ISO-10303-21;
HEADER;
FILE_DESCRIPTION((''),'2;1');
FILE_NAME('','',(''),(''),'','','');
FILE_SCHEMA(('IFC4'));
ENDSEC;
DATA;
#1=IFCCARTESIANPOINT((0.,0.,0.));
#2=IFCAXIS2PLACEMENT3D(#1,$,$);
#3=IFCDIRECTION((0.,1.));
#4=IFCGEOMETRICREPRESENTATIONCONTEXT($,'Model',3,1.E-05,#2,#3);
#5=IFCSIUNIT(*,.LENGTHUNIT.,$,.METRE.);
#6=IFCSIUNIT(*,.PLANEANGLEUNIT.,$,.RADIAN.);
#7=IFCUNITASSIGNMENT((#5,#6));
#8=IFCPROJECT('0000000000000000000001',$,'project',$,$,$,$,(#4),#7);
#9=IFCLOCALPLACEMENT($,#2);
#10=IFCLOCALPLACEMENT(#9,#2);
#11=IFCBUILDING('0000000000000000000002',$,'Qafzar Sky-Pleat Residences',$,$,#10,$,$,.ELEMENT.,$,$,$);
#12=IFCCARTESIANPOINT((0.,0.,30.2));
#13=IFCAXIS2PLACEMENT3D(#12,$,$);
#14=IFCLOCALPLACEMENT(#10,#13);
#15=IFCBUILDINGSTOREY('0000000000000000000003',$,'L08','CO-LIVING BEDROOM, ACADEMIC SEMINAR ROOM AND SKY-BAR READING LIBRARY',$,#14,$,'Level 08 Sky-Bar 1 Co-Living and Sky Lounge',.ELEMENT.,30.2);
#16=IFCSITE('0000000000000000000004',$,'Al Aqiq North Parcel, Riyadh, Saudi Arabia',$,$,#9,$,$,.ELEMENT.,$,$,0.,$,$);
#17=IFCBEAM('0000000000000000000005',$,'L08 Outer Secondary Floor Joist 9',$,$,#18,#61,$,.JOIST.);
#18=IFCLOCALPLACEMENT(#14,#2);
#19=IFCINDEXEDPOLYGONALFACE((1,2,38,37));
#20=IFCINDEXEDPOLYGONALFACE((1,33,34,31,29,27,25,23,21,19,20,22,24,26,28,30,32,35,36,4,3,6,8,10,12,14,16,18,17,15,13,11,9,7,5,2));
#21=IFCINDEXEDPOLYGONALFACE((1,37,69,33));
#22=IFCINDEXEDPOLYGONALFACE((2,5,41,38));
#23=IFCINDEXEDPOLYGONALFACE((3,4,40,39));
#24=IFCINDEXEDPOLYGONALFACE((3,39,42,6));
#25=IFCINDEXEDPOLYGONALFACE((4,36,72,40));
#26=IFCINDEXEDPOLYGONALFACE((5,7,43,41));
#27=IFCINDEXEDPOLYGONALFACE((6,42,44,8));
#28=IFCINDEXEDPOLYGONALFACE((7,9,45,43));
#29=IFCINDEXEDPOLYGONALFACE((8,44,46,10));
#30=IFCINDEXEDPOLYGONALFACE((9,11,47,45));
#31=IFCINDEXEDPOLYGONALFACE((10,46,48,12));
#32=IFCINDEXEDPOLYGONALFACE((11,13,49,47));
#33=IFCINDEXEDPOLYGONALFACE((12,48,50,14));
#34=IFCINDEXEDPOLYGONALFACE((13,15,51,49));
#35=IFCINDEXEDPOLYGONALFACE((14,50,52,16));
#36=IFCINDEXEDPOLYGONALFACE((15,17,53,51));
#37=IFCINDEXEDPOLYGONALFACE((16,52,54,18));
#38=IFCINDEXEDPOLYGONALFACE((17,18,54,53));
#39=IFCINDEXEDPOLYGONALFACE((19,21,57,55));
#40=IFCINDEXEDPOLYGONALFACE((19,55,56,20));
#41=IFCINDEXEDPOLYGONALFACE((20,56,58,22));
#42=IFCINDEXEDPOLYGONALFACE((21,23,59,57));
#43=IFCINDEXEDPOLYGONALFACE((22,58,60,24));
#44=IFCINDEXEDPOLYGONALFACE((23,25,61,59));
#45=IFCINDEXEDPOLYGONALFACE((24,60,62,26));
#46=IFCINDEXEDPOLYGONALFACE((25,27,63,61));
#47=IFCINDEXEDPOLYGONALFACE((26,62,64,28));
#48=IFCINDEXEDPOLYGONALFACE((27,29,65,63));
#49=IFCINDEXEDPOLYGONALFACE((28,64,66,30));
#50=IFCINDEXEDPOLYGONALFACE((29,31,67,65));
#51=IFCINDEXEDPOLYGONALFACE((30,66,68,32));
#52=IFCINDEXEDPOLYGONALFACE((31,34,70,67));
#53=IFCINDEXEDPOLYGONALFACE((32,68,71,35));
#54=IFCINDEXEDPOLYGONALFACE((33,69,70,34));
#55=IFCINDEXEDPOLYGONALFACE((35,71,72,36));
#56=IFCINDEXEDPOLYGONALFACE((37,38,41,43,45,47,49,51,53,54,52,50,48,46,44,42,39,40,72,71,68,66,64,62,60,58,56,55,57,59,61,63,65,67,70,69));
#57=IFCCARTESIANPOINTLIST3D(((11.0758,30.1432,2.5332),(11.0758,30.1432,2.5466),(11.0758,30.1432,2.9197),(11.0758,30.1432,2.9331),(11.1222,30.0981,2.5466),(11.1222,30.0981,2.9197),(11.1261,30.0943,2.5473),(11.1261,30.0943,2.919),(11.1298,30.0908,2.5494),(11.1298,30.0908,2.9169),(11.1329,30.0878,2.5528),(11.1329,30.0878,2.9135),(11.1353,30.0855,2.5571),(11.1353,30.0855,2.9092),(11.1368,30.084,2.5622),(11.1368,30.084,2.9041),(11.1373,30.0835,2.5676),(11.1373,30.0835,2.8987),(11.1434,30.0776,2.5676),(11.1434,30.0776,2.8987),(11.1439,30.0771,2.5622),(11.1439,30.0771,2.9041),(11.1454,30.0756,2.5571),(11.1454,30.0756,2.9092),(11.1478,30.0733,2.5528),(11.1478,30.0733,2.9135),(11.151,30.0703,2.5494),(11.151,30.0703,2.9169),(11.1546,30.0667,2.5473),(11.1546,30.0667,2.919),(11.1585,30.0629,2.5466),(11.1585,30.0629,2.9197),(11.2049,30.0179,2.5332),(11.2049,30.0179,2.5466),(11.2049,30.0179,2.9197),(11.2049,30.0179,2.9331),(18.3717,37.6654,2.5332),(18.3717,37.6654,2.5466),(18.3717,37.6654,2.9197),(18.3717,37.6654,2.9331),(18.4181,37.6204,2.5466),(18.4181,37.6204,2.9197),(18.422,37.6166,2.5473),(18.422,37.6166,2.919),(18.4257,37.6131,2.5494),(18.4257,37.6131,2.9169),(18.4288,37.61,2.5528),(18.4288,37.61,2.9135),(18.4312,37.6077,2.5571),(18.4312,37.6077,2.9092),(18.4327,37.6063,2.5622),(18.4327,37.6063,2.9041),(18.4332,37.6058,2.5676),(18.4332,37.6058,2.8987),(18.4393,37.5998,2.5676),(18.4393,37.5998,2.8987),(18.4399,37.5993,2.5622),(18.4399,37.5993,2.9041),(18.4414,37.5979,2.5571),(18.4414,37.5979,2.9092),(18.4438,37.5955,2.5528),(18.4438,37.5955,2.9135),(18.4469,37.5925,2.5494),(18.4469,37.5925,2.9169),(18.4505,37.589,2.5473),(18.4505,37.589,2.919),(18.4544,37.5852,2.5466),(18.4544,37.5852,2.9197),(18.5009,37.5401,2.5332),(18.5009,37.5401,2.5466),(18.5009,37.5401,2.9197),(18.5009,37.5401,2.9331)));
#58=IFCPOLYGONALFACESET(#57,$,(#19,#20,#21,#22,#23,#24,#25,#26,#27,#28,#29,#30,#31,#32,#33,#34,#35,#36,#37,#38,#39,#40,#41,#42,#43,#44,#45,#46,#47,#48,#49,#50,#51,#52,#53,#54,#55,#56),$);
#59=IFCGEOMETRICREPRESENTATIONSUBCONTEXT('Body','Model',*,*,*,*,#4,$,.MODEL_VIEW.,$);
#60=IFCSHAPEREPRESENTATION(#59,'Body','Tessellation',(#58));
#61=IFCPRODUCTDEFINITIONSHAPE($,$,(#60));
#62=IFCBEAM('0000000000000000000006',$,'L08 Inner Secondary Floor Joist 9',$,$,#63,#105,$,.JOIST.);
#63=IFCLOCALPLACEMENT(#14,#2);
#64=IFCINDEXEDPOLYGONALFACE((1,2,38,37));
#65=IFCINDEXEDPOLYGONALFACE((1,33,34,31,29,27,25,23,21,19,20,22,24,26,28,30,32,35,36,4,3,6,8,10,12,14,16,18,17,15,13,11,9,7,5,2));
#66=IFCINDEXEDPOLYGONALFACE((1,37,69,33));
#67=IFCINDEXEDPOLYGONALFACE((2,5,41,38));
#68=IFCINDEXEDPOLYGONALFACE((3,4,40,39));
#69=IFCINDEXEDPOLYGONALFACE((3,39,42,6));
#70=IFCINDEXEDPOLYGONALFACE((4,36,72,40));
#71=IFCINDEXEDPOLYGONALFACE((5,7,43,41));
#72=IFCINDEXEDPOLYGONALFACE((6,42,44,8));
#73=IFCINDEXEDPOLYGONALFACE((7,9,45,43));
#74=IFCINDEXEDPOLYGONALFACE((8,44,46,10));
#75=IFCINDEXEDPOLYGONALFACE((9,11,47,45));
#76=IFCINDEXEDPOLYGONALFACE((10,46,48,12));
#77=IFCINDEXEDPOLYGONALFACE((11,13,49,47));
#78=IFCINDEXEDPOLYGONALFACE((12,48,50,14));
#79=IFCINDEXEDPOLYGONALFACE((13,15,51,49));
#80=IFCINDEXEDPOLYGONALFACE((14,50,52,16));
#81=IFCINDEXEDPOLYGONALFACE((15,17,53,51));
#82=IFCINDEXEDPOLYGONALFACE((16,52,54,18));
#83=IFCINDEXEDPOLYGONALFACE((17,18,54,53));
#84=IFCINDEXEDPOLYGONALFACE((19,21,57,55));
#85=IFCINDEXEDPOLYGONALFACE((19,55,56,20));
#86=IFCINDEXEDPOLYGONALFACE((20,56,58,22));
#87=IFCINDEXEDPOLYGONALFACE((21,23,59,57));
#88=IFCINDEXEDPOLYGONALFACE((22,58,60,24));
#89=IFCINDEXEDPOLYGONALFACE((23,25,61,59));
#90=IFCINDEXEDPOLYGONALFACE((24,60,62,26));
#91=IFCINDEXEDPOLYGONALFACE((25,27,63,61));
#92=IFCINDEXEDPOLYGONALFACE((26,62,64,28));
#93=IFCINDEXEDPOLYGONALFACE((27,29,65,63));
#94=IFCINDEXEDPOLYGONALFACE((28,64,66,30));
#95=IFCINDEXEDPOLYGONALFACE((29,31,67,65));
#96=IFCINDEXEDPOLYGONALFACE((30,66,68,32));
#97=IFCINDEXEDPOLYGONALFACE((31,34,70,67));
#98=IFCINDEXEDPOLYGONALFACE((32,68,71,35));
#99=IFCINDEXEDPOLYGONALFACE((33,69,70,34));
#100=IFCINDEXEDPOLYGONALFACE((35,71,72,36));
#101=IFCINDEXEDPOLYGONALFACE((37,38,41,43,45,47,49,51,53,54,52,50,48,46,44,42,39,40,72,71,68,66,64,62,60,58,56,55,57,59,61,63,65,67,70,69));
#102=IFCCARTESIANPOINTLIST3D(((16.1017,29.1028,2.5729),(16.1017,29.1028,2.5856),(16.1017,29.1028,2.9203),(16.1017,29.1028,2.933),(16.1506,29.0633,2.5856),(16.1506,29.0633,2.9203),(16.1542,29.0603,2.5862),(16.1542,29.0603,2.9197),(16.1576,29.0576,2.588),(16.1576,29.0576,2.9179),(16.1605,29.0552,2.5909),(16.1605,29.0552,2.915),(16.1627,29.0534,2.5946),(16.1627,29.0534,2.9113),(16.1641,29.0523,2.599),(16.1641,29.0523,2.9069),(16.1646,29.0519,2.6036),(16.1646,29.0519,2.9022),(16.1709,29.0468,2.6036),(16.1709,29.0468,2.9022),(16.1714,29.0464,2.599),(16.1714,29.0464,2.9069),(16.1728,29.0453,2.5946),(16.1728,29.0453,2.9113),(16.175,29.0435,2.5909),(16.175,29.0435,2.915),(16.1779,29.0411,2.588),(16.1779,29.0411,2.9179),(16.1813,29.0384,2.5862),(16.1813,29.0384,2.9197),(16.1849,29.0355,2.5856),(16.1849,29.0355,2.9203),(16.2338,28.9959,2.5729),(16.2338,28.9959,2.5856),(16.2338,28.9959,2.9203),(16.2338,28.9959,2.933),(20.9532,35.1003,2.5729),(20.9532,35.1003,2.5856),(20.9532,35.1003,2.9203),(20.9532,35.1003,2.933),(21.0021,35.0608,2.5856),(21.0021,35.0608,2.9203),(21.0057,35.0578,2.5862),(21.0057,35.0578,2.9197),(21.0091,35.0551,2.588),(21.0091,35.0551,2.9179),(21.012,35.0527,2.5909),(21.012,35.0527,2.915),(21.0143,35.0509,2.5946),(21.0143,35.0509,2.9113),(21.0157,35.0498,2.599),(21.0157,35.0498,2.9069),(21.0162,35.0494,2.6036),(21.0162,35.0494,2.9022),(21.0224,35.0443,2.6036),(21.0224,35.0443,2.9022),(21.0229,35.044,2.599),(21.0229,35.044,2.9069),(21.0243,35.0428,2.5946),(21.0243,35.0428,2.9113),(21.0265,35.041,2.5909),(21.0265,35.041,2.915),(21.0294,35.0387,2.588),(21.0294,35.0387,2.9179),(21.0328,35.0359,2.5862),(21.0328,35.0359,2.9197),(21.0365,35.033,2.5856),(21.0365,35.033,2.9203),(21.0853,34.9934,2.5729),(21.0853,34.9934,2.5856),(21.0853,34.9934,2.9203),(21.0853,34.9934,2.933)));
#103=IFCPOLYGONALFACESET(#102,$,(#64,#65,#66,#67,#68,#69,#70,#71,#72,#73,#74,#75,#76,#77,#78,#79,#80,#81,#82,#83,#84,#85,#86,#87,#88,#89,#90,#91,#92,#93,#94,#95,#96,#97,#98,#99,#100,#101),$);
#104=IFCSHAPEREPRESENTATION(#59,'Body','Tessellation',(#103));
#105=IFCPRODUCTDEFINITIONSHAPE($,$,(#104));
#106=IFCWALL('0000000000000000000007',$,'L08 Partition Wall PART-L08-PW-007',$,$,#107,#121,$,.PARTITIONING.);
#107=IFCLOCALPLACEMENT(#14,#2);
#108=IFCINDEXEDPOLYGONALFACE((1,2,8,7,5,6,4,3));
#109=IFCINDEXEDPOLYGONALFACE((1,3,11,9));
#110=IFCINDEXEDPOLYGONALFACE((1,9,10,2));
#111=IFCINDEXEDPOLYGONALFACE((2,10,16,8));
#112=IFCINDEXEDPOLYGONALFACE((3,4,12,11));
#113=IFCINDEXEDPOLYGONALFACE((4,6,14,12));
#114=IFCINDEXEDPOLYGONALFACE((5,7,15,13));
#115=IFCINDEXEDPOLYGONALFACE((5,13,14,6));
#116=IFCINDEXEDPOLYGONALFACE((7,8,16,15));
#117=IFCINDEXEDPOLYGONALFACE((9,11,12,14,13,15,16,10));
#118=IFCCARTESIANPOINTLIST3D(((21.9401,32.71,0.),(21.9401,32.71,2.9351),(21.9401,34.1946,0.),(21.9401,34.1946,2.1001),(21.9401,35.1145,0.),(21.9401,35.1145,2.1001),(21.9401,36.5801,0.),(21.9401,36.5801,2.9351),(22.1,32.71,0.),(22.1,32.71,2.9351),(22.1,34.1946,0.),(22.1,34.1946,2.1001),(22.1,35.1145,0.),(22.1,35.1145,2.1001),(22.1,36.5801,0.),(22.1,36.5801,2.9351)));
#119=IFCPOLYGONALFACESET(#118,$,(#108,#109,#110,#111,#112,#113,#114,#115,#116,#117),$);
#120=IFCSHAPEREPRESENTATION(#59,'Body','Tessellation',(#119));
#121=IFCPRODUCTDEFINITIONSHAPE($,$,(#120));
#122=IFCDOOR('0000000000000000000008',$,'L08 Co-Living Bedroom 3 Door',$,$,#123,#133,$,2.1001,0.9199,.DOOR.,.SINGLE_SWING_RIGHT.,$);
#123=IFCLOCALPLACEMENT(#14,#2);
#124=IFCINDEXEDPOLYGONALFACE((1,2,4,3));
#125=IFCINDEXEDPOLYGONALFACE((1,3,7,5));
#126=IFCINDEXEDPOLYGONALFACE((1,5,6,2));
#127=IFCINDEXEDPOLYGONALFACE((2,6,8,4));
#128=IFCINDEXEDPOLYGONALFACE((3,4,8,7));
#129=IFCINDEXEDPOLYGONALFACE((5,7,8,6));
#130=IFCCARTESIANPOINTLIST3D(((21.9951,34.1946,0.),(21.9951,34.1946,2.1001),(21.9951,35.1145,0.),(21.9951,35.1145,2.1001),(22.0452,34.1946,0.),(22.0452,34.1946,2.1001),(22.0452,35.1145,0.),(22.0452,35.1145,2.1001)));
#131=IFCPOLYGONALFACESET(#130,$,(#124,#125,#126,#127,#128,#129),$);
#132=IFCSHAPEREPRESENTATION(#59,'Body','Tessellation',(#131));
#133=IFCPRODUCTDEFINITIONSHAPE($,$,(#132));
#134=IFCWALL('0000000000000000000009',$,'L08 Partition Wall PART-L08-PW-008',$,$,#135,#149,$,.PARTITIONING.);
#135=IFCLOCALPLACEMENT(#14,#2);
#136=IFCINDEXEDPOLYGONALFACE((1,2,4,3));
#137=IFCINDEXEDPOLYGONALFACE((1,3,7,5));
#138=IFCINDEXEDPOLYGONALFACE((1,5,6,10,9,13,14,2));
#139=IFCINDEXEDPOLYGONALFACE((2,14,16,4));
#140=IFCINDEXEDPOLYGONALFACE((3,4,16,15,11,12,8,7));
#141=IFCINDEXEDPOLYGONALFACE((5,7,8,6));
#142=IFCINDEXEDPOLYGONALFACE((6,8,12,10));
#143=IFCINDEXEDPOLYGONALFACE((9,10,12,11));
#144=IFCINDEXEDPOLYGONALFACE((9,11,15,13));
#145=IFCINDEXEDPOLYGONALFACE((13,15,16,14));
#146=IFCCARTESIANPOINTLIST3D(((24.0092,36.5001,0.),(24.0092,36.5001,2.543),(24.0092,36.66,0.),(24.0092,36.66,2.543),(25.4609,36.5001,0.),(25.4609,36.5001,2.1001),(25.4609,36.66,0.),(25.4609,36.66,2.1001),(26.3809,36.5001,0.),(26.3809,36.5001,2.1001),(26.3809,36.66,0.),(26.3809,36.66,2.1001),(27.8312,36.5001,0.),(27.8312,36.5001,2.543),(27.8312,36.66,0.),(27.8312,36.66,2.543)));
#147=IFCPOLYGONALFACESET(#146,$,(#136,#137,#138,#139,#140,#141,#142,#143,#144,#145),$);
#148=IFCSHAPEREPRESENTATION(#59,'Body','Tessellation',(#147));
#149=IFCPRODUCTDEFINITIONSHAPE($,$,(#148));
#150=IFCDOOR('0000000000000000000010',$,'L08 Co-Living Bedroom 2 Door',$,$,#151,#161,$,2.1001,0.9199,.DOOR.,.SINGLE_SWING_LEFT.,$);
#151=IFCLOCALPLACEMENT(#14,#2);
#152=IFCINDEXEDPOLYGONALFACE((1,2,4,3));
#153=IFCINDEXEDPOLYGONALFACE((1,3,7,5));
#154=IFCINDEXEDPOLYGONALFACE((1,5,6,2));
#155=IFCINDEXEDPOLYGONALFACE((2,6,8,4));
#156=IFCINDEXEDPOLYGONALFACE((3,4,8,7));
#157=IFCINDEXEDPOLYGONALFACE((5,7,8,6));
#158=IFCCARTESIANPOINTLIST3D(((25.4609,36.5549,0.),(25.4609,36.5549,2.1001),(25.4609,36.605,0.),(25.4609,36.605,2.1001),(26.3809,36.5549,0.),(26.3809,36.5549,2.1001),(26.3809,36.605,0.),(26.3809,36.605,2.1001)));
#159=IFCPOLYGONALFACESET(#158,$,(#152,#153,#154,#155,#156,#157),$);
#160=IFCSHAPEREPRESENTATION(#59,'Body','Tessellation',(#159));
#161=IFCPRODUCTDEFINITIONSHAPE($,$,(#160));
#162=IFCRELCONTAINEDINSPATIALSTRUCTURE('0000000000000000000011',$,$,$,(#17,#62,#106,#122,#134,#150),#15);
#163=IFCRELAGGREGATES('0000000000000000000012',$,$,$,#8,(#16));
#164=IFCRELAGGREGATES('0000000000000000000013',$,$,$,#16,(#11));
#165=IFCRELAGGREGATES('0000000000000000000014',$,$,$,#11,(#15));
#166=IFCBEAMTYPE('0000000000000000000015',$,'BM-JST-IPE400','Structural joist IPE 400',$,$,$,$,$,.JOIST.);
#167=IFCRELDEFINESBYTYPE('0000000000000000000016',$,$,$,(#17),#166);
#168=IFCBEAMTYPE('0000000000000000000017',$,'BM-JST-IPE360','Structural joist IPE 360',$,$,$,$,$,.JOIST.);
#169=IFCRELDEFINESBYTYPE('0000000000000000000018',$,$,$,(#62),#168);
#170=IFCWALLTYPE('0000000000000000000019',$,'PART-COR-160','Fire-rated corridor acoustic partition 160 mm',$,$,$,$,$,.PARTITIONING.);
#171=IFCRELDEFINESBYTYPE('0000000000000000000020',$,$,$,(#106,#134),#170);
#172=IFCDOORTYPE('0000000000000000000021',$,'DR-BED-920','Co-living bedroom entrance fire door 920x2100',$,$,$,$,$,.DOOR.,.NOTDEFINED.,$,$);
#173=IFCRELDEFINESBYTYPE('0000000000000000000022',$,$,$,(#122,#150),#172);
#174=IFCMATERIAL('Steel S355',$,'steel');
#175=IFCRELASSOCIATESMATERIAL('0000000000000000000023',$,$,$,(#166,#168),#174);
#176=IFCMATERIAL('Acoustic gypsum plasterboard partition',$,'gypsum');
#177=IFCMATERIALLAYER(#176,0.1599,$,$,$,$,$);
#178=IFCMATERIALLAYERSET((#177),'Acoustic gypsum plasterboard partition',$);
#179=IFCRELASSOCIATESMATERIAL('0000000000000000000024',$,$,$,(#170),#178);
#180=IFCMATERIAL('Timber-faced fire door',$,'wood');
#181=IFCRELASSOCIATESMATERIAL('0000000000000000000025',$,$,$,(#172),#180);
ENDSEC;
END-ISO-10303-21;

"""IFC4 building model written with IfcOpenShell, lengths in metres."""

from ifc_helpers import new_model, si_unit, direction, frame, frame_2d, origin, origin_2d, place, context, subcontext, project, spatial, rectangle, i_section, extrude, source, transform, mapped, material, layer, layer_set, material_profile, profile_set, type_object, element, fill, save


model = new_model("IFC4")

# Units and contexts
model_context = context("Model", 3, precision=1e-05, world=origin(), true_north=direction((0.0, 1.0)))
body_context = subcontext(model_context, "Body", "Model", "MODEL_VIEW")
ifc_project = project(units=[si_unit("LENGTHUNIT", "METRE"), si_unit("PLANEANGLEUNIT", "RADIAN")], contexts=[model_context])

# Site, building, storey
site_placement = place(None, origin())
site = spatial("IfcSite", under=ifc_project, at=site_placement, Name="Al Aqiq North Parcel, Riyadh, Saudi Arabia", CompositionType="ELEMENT", RefElevation=0.0)
building_placement = place(site_placement, origin())
building = spatial("IfcBuilding", under=site, at=building_placement, Name="Qafzar Sky-Pleat Residences", CompositionType="ELEMENT")
storey_placement = place(building_placement, frame((0.0, 0.0, 30.2)))
storey = spatial("IfcBuildingStorey", under=building, at=storey_placement, Name="L08", Description="CO-LIVING BEDROOM, ACADEMIC SEMINAR ROOM AND SKY-BAR READING LIBRARY", LongName="Level 08 Sky-Bar 1 Co-Living and Sky Lounge", CompositionType="ELEMENT", Elevation=30.2)

# Beams
ifc_material_1 = material(Name="Steel S355", Category="steel")
ifc_material_profile_1 = material_profile(ifc_material_1, i_section(OverallWidth=0.1799, OverallDepth=0.3999, WebThickness=0.0085, FlangeThickness=0.0134, FilletRadius=0.021, at=origin_2d()), Name="IPE 400")
ifc_profile_set_1 = profile_set([ifc_material_profile_1], Name="Steel S355")
beam_type_1 = type_object("IfcBeamType", Name="BM-JST-IPE400", Description="Structural joist IPE 400", PredefinedType="JOIST", material=ifc_profile_set_1)
shared_shape_1 = source(origin(), body_context, "Body", "SweptSolid", [
    extrude(i_section(OverallWidth=0.1799, OverallDepth=0.3999, WebThickness=0.0085, FlangeThickness=0.0134, FilletRadius=0.021, at=origin_2d()), origin(), (0.0, 0.0, 1.0), 10.4792),
])
beam_1_placement = place(storey_placement, frame((18.4363, 37.6028, 2.7332), z_axis=(-0.696226, -0.717823, 0.0), x_axis=(0.717823, -0.696226, 0.0)))
element("IfcBeam", 1, at=beam_1_placement, inside=storey, type_object=beam_type_1, Name="L08 Outer Secondary Floor Joist 9", PredefinedType="JOIST", context=body_context, shape_type="MappedRepresentation", body=[
    mapped(shared_shape_1, transform((0.0, 0.0, 0.0), x_axis=(1.0, 0.0, 0.0), y_axis=(0.0, 1.0, 0.0), z_axis=(0.0, 0.0, 1.0), scale=1.0)),
])
ifc_material_profile_2 = material_profile(ifc_material_1, i_section(OverallWidth=0.1699, OverallDepth=0.3601, WebThickness=0.0081, FlangeThickness=0.0127, FilletRadius=0.0181, at=origin_2d()), Name="IPE 360")
ifc_profile_set_2 = profile_set([ifc_material_profile_2], Name="Steel S355")
beam_type_2 = type_object("IfcBeamType", Name="BM-JST-IPE360", Description="Structural joist IPE 360", PredefinedType="JOIST", material=ifc_profile_set_2)
shared_shape_2 = source(origin(), body_context, "Body", "SweptSolid", [
    extrude(i_section(OverallWidth=0.1699, OverallDepth=0.3601, WebThickness=0.0081, FlangeThickness=0.0127, FilletRadius=0.0181, at=origin_2d()), origin(), (0.0, 0.0, 1.0), 7.7141),
])
beam_2_placement = place(storey_placement, frame((21.0193, 35.0469, 2.7529), z_axis=(-0.628916, -0.777473, 0.0), x_axis=(0.777473, -0.628916, 0.0)))
element("IfcBeam", 2, at=beam_2_placement, inside=storey, type_object=beam_type_2, Name="L08 Inner Secondary Floor Joist 9", PredefinedType="JOIST", context=body_context, shape_type="MappedRepresentation", body=[
    mapped(shared_shape_2, transform((0.0, 0.0, 0.0), x_axis=(1.0, 0.0, 0.0), y_axis=(0.0, 1.0, 0.0), z_axis=(0.0, 0.0, 1.0), scale=1.0)),
])

# Walls, openings, doors
ifc_material_2 = material(Name="Acoustic gypsum plasterboard partition", Category="gypsum")
ifc_layer_1 = layer(ifc_material_2, 0.1599)
ifc_layer_set_1 = layer_set([ifc_layer_1], Name="Acoustic gypsum plasterboard partition")
wall_type_1 = type_object("IfcWallType", Name="PART-COR-160", Description="Fire-rated corridor acoustic partition 160 mm", PredefinedType="PARTITIONING", material=ifc_layer_set_1)
wall_1_placement = place(storey_placement, frame((22.02, 32.71, 0.0), z_axis=(0.0, 0.0, 1.0), x_axis=(0.0, 1.0, 0.0)))
wall_1 = element("IfcWall", 3, at=wall_1_placement, inside=storey, type_object=wall_type_1, Name="L08 Partition Wall PART-L08-PW-007", PredefinedType="PARTITIONING", context=body_context, shape_type="SweptSolid", body=[
    extrude(rectangle(XDim=3.8701, YDim=0.1599, at=frame_2d((1.9351, 0.0))), origin(), (0.0, 0.0, 1.0), 2.9351),
])
opening_1_placement = place(wall_1_placement, frame((1.4846, 0.0, 0.0)))
opening_1 = element("IfcOpeningElement", 4, at=opening_1_placement, cuts=wall_1, PredefinedType="OPENING", context=body_context, shape_type="SweptSolid", body=[
    extrude(rectangle(XDim=0.9199, YDim=2.1001, at=frame_2d((0.46, 1.05))), frame((0.0, 0.0898, 0.0), z_axis=(0.0, -1.0, 0.0), x_axis=(1.0, 0.0, 0.0)), (0.0, 0.0, 1.0), 0.1799),
])
ifc_material_3 = material(Name="Timber-faced fire door", Category="wood")
door_type_1 = type_object("IfcDoorType", Name="DR-BED-920", Description="Co-living bedroom entrance fire door 920x2100", OperationType="NOTDEFINED", PredefinedType="DOOR", material=ifc_material_3)
shared_shape_3 = source(origin(), body_context, "Body", "SweptSolid", [
    extrude(rectangle(XDim=0.9199, YDim=2.1001, at=frame_2d((0.46, 1.05))), frame((0.0, 0.0249, 0.0), z_axis=(0.0, -1.0, 0.0), x_axis=(1.0, 0.0, 0.0)), (0.0, 0.0, 1.0), 0.05),
])
door_1_placement = place(opening_1_placement, origin())
door_1 = element("IfcDoor", 5, at=door_1_placement, inside=storey, type_object=door_type_1, Name="L08 Co-Living Bedroom 3 Door", OperationType="SINGLE_SWING_RIGHT", OverallHeight=2.1001, OverallWidth=0.9199, PredefinedType="DOOR", context=body_context, shape_type="MappedRepresentation", body=[
    mapped(shared_shape_3, transform((0.0, 0.0, 0.0), x_axis=(1.0, 0.0, 0.0), y_axis=(0.0, 1.0, 0.0), z_axis=(0.0, 0.0, 1.0), scale=1.0)),
])
fill(opening_1, door_1)
wall_2_placement = place(storey_placement, frame((24.009, 36.5801, 0.0), z_axis=(0.0, 0.0, 1.0), x_axis=(1.0, 0.0, 0.0)))
wall_2 = element("IfcWall", 6, at=wall_2_placement, inside=storey, type_object=wall_type_1, Name="L08 Partition Wall PART-L08-PW-008", PredefinedType="PARTITIONING", context=body_context, shape_type="SweptSolid", body=[
    extrude(rectangle(XDim=3.822, YDim=0.1599, at=frame_2d((1.9111, 0.0))), origin(), (0.0, 0.0, 1.0), 2.543),
])
opening_2_placement = place(wall_2_placement, frame((1.4519, 0.0, 0.0)))
opening_2 = element("IfcOpeningElement", 7, at=opening_2_placement, cuts=wall_2, PredefinedType="OPENING", context=body_context, shape_type="SweptSolid", body=[
    extrude(rectangle(XDim=0.9199, YDim=2.1001, at=frame_2d((0.46, 1.05))), frame((0.0, 0.0898, 0.0), z_axis=(0.0, -1.0, 0.0), x_axis=(1.0, 0.0, 0.0)), (0.0, 0.0, 1.0), 0.1799),
])
door_2_placement = place(opening_2_placement, origin())
door_2 = element("IfcDoor", 8, at=door_2_placement, inside=storey, type_object=door_type_1, Name="L08 Co-Living Bedroom 2 Door", OperationType="SINGLE_SWING_LEFT", OverallHeight=2.1001, OverallWidth=0.9199, PredefinedType="DOOR", context=body_context, shape_type="MappedRepresentation", body=[
    mapped(shared_shape_3, transform((0.0, 0.0, 0.0), x_axis=(1.0, 0.0, 0.0), y_axis=(0.0, 1.0, 0.0), z_axis=(0.0, 0.0, 1.0), scale=1.0)),
])
fill(opening_2, door_2)

save(model, "model.ifc")
